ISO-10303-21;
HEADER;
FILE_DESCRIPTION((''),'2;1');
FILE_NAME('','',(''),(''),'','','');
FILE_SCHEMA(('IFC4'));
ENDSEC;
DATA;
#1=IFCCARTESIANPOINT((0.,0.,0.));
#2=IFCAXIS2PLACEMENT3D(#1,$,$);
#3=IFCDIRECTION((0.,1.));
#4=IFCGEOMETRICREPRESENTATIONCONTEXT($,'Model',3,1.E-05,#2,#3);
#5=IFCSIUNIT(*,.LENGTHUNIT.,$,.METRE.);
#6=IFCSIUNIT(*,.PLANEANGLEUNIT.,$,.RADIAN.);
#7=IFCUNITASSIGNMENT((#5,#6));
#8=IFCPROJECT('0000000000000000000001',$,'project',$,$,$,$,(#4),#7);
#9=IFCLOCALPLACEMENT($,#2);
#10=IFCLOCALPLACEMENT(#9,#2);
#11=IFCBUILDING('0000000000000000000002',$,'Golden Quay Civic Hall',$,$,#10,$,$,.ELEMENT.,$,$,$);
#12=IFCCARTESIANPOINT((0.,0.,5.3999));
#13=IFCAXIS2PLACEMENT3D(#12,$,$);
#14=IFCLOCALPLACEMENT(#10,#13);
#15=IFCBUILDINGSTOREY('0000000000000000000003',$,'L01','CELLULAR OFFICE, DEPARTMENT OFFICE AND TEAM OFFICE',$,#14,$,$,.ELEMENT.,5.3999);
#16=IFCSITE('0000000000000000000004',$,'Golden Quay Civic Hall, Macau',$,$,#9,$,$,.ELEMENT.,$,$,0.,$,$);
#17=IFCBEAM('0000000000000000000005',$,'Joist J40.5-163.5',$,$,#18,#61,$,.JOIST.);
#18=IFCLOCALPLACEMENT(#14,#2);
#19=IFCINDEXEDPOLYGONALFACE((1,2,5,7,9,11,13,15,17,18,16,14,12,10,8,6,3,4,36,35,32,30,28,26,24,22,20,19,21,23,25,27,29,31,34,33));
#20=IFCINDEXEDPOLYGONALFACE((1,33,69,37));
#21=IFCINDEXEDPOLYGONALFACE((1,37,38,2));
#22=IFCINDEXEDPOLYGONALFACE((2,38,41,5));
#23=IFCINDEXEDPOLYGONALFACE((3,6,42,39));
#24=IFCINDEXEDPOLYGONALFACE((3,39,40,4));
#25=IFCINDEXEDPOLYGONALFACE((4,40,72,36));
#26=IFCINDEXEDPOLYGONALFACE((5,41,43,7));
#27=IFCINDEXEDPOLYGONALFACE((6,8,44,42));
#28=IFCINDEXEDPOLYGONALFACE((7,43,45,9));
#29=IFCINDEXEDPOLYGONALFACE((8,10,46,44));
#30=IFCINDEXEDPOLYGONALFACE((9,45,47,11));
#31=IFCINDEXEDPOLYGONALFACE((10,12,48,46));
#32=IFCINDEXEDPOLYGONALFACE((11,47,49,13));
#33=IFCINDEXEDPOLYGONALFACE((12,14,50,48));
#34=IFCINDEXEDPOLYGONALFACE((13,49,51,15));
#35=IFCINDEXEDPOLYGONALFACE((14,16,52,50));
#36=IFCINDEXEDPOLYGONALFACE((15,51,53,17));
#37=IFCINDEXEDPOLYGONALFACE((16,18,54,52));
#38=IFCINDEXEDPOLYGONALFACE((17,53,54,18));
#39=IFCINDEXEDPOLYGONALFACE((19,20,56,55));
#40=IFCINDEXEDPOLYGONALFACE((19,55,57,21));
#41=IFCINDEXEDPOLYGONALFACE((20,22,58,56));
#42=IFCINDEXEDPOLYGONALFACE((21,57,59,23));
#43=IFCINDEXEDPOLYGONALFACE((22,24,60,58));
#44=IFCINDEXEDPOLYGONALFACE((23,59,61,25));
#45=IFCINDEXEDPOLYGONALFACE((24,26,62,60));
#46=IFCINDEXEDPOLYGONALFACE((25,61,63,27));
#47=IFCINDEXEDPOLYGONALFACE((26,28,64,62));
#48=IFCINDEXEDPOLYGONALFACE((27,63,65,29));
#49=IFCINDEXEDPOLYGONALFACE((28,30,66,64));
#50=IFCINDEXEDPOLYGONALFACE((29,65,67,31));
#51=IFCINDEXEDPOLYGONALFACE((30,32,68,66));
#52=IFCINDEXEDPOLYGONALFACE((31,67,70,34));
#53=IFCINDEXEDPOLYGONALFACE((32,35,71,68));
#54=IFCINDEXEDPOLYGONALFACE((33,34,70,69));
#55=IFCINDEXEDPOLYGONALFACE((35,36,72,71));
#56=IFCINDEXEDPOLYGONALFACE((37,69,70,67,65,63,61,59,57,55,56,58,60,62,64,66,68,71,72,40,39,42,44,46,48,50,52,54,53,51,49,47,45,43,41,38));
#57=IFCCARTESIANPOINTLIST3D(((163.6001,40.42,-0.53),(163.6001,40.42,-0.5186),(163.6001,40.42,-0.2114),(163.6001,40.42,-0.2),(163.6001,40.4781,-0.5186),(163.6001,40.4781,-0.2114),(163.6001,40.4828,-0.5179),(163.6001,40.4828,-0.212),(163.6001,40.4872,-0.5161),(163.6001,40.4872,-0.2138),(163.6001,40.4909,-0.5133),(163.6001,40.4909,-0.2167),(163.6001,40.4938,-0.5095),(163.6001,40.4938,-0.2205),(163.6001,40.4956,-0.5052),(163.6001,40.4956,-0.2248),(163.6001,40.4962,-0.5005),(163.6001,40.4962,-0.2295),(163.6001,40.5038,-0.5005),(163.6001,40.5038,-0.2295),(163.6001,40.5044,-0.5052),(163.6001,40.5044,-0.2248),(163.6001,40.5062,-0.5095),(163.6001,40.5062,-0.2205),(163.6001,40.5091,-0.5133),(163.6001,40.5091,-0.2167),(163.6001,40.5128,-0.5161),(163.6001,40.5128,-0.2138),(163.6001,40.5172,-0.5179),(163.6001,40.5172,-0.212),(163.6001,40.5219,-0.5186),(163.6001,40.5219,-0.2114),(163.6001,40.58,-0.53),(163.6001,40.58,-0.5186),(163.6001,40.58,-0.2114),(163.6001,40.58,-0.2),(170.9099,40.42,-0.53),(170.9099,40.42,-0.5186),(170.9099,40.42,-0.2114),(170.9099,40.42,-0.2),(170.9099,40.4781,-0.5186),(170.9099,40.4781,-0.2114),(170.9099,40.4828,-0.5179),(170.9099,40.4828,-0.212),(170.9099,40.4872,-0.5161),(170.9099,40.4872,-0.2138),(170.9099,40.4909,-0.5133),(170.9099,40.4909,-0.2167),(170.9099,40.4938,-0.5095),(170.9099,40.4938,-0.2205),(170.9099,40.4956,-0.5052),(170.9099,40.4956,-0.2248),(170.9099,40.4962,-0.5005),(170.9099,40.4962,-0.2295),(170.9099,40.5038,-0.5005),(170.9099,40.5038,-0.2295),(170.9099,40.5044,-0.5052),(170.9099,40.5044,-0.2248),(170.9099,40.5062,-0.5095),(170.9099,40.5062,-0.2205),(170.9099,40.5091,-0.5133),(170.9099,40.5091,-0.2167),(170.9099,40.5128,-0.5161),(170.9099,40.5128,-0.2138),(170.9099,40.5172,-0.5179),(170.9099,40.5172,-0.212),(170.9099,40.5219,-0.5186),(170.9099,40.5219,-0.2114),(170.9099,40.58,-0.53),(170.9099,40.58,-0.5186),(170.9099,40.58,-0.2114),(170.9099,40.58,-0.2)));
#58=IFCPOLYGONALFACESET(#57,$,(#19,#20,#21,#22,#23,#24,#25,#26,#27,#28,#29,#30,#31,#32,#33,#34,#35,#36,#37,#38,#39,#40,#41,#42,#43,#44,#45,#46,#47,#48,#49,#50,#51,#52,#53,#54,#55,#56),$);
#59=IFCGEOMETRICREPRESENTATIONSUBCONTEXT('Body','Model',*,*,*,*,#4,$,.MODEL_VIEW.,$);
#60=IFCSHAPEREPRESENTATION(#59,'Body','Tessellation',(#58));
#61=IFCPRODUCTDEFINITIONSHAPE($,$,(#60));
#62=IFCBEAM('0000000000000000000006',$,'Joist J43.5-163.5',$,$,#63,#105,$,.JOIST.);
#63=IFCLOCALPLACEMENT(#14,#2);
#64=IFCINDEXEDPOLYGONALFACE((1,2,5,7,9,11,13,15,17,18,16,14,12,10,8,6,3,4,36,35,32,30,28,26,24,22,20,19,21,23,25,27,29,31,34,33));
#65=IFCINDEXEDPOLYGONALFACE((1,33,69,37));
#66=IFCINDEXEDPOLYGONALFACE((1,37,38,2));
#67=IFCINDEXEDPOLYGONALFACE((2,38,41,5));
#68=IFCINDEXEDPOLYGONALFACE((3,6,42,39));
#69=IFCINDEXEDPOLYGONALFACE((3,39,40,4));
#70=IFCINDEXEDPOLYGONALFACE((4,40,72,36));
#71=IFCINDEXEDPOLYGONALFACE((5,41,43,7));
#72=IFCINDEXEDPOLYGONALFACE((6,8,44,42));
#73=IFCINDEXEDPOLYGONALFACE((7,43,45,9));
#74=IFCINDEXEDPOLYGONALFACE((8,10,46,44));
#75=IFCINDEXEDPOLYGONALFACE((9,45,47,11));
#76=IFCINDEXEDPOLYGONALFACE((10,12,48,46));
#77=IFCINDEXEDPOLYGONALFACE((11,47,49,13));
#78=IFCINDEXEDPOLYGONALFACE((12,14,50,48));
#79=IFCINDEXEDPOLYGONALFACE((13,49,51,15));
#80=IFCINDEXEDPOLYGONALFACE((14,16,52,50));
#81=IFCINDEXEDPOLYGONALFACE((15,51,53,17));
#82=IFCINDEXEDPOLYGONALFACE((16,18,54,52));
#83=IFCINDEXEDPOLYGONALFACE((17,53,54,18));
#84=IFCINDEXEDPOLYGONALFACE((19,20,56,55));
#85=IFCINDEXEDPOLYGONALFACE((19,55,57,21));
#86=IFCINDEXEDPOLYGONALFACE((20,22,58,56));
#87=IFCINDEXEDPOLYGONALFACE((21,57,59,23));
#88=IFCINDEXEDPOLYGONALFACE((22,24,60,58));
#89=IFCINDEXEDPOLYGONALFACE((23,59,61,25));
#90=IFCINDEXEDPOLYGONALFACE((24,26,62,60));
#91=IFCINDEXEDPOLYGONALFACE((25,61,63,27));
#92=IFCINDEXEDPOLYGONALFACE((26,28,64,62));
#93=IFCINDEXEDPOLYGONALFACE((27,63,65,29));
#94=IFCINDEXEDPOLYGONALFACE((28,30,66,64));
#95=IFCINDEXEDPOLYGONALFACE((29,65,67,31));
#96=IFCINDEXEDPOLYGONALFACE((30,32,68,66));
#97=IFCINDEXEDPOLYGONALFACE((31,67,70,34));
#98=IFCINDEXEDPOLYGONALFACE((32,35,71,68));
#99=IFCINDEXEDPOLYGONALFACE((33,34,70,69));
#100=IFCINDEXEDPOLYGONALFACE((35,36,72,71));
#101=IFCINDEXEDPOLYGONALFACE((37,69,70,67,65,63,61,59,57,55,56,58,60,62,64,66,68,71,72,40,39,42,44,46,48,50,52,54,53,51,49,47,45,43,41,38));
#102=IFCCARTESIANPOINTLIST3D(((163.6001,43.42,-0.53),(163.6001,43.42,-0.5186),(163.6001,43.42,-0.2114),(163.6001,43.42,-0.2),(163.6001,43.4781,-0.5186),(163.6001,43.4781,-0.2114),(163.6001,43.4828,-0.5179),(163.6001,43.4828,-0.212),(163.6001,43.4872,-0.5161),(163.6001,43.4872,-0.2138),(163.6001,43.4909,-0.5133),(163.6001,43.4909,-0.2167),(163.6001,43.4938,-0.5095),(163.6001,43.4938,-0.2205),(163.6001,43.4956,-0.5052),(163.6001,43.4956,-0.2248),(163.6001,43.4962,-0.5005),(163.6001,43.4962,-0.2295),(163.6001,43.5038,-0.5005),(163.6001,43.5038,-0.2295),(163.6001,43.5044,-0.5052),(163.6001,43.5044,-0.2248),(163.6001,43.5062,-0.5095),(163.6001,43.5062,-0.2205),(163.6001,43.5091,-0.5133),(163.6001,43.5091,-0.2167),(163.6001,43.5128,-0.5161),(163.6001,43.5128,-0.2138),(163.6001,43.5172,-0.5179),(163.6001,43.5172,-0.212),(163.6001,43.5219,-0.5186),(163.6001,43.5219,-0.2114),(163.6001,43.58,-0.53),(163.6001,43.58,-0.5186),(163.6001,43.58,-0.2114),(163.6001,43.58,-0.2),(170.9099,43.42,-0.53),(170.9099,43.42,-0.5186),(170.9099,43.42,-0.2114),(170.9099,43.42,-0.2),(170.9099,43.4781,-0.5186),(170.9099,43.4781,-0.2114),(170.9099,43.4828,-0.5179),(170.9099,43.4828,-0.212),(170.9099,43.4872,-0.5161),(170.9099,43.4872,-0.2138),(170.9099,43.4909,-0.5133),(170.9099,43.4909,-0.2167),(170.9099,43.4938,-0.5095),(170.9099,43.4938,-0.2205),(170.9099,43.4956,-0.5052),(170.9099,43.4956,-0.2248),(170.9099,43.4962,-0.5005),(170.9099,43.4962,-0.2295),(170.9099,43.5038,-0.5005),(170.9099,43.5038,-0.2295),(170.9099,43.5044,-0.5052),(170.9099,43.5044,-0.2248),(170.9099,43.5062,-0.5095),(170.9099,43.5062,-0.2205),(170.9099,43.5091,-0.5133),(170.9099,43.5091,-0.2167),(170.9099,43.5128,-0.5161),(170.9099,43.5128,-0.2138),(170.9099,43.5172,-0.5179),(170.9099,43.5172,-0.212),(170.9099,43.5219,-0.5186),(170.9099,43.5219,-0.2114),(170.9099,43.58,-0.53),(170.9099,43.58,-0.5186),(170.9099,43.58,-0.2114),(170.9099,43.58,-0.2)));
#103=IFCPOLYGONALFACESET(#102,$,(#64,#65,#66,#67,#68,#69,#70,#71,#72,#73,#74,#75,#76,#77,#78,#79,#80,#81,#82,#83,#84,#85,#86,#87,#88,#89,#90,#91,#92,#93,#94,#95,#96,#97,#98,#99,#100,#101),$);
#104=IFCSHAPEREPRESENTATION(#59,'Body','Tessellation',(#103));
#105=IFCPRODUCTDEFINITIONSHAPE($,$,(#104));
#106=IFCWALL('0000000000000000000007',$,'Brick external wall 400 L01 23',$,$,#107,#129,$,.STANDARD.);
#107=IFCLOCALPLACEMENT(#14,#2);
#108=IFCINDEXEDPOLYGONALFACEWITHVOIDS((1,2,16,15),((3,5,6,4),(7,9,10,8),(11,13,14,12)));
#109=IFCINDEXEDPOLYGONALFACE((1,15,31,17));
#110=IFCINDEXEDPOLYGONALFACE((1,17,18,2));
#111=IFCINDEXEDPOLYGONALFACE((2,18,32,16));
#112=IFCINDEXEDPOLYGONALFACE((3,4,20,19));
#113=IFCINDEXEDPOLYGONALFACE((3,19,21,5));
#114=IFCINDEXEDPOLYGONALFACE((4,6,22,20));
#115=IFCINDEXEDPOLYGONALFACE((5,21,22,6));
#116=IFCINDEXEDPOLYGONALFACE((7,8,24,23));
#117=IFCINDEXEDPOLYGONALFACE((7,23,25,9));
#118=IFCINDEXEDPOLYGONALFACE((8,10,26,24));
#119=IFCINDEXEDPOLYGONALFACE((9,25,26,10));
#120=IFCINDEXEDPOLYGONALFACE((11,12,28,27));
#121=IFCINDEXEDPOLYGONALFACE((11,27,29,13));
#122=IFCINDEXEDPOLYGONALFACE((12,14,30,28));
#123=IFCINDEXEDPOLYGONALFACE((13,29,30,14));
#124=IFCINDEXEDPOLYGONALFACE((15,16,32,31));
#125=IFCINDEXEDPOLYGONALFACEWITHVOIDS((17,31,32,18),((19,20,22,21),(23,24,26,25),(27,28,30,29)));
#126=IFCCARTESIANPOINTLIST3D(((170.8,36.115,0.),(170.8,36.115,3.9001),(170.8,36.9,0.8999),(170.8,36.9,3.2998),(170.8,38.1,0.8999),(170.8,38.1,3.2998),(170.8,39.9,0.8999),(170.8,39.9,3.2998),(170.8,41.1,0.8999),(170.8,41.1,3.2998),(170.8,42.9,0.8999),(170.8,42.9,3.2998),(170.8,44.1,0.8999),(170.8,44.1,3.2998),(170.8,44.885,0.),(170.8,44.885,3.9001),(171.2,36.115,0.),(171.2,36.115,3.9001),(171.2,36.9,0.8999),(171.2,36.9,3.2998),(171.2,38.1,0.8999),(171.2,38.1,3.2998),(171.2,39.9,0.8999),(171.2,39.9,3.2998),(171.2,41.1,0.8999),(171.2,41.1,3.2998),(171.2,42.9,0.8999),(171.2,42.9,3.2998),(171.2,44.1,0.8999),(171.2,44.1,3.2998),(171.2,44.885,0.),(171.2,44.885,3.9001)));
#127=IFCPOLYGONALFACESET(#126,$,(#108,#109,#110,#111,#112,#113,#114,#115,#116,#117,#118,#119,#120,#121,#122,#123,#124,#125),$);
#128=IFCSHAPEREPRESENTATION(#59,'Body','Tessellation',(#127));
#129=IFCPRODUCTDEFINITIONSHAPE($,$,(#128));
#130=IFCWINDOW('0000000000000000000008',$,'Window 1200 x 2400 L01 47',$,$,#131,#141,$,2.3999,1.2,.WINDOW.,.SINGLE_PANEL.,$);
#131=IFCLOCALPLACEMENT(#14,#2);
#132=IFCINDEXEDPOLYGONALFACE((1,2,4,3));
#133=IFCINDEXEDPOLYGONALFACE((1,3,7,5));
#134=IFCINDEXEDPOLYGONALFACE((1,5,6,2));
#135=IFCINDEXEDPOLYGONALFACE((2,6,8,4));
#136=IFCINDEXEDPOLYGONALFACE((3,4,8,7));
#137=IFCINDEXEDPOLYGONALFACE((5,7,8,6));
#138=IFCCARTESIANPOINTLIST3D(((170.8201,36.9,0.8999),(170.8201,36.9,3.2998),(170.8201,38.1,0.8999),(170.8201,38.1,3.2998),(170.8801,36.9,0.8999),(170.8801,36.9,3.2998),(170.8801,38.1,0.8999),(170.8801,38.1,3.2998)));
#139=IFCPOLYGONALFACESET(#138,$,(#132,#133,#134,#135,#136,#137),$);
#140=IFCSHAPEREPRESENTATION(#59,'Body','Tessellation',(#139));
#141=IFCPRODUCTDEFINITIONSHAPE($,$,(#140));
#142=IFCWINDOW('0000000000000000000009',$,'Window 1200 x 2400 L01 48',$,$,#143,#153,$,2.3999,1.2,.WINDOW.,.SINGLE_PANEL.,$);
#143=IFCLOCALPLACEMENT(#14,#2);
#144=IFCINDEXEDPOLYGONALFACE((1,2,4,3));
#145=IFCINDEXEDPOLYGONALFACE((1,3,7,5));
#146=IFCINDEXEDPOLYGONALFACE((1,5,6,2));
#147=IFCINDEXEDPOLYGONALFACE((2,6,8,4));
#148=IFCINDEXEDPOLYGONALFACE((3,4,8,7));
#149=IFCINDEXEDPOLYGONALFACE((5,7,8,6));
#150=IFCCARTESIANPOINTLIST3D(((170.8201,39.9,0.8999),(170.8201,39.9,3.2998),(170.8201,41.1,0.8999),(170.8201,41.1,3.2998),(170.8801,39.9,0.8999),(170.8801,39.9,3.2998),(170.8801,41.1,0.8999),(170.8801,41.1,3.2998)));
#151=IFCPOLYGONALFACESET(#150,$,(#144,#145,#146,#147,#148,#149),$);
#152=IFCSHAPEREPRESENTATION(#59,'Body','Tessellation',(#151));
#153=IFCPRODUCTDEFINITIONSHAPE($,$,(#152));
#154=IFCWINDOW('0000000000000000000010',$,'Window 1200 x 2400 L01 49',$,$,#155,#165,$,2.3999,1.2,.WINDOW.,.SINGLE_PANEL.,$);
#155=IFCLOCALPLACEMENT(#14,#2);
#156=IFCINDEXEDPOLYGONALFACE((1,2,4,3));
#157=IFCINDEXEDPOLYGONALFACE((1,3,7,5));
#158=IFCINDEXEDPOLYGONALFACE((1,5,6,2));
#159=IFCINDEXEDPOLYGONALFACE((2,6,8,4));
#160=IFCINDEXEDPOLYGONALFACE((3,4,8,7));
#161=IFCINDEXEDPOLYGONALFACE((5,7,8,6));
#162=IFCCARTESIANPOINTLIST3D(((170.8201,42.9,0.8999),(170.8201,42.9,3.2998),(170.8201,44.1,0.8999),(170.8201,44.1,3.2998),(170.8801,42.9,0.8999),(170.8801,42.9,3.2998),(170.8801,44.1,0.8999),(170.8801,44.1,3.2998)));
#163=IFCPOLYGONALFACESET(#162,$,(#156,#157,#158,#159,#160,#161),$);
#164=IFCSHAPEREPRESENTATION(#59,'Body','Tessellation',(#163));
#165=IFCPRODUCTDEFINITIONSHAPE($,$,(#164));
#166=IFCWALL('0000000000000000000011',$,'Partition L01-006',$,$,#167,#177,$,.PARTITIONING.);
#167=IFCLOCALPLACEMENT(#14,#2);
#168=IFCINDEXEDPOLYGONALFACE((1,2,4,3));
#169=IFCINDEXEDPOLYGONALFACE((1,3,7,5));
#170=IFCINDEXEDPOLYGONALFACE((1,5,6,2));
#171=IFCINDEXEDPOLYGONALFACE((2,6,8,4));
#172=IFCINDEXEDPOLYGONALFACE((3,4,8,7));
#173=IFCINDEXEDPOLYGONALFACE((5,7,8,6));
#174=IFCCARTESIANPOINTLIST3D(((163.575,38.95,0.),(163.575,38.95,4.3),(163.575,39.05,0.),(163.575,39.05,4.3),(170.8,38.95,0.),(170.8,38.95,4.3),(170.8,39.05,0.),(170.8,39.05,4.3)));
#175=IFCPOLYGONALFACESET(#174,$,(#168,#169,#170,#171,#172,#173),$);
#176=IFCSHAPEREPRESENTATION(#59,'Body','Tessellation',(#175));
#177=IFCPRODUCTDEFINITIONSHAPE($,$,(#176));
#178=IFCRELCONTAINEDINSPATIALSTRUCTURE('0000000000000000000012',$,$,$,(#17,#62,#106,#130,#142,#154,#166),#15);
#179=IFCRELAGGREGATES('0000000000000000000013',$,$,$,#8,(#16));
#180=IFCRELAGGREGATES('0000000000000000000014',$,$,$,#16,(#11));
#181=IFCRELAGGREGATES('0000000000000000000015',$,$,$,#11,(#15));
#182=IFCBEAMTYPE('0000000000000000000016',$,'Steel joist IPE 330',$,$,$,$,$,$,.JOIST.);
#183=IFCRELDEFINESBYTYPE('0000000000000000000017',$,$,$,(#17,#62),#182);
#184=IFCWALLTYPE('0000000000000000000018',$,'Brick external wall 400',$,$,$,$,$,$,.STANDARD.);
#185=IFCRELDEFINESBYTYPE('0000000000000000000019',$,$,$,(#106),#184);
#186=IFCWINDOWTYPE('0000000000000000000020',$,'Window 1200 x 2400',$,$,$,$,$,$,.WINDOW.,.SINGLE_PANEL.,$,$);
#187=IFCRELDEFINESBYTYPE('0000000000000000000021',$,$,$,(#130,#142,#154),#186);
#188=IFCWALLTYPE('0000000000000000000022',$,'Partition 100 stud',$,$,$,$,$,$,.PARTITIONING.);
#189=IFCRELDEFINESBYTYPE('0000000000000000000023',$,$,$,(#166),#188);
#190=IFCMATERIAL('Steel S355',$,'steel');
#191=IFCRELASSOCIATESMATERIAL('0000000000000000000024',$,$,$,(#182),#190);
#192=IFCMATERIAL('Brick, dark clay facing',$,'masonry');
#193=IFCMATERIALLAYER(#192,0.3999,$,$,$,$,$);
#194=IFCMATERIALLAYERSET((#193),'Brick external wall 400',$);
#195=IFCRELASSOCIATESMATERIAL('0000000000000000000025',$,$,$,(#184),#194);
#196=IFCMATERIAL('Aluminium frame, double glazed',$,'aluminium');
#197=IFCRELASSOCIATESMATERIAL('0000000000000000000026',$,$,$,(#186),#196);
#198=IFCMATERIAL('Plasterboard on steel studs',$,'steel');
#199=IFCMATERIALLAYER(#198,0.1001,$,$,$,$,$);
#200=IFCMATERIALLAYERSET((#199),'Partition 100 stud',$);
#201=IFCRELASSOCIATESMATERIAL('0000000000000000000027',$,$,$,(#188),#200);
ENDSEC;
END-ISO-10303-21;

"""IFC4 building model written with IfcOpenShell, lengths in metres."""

from ifc_helpers import new_model, si_unit, direction, frame, frame_2d, origin, origin_2d, place, context, subcontext, project, spatial, rectangle, i_section, extrude, material, layer, layer_set, material_profile, profile_set, type_object, element, fill, save


model = new_model("IFC4")

# Units and contexts
model_context = context("Model", 3, precision=1e-05, world=origin(), true_north=direction((0.0, 1.0)))
body_context = subcontext(model_context, "Body", "Model", "MODEL_VIEW")
ifc_project = project(units=[si_unit("LENGTHUNIT", "METRE"), si_unit("PLANEANGLEUNIT", "RADIAN")], contexts=[model_context])

# Site, building, storey
site_placement = place(None, origin())
site = spatial("IfcSite", under=ifc_project, at=site_placement, Name="Golden Quay Civic Hall, Macau", CompositionType="ELEMENT", RefElevation=0.0)
building_placement = place(site_placement, origin())
building = spatial("IfcBuilding", under=site, at=building_placement, Name="Golden Quay Civic Hall", CompositionType="ELEMENT")
storey_placement = place(building_placement, frame((0.0, 0.0, 5.3999)))
storey = spatial("IfcBuildingStorey", under=building, at=storey_placement, Name="L01", Description="CELLULAR OFFICE, DEPARTMENT OFFICE AND TEAM OFFICE", CompositionType="ELEMENT", Elevation=5.3999)

# Beams
ifc_material_1 = material(Name="Steel S355", Category="steel")
ifc_material_profile_1 = material_profile(ifc_material_1, i_section(OverallWidth=0.1599, OverallDepth=0.3301, WebThickness=0.0076, FlangeThickness=0.0115, FilletRadius=0.0181, at=origin_2d()), Name="IPE 330")
ifc_profile_set_1 = profile_set([ifc_material_profile_1], Name="Steel S355")
beam_type_1 = type_object("IfcBeamType", Name="Steel joist IPE 330", PredefinedType="JOIST", material=ifc_profile_set_1)
for number, where, z_axis, x_axis, name in (
    (1, (163.6001, 40.5, -0.365), (1.0, 0.0, 0.0), (0.0, 1.0, 0.0), "Joist J40.5-163.5"),
    (2, (163.6001, 43.5, -0.365), (1.0, 0.0, 0.0), (0.0, 1.0, 0.0), "Joist J43.5-163.5"),
):
    element("IfcBeam", number, at=place(storey_placement, frame(where, z_axis=z_axis, x_axis=x_axis)), inside=storey, type_object=beam_type_1, Name=name, PredefinedType="JOIST", context=body_context, shape_type="SweptSolid", body=[
        extrude(i_section(OverallWidth=0.1599, OverallDepth=0.3301, WebThickness=0.0076, FlangeThickness=0.0115, FilletRadius=0.0181, at=origin_2d()), origin(), (0.0, 0.0, 1.0), 7.3098),
    ])

# Wall, openings, windows
ifc_material_2 = material(Name="Brick, dark clay facing", Category="masonry")
ifc_layer_1 = layer(ifc_material_2, 0.3999)
ifc_layer_set_1 = layer_set([ifc_layer_1], Name="Brick external wall 400")
wall_type_1 = type_object("IfcWallType", Name="Brick external wall 400", PredefinedType="STANDARD", material=ifc_layer_set_1)
wall_1_placement = place(storey_placement, frame((171.0, 44.885, 0.0), z_axis=(0.0, 0.0, 1.0), x_axis=(0.0, -1.0, 0.0)))
wall_1 = element("IfcWall", 3, at=wall_1_placement, inside=storey, type_object=wall_type_1, Name="Brick external wall 400 L01 23", PredefinedType="STANDARD", context=body_context, shape_type="SweptSolid", body=[
    extrude(rectangle(XDim=8.77, YDim=0.3999, at=frame_2d((4.385, 0.0))), origin(), (0.0, 0.0, 1.0), 3.9001),
])
opening_1_placement = place(wall_1_placement, frame((6.7849, 0.0, 0.8999)))
opening_1 = element("IfcOpeningElement", 4, at=opening_1_placement, cuts=wall_1, PredefinedType="OPENING", context=body_context, shape_type="SweptSolid", body=[
    extrude(rectangle(XDim=1.2, YDim=2.3999, at=frame_2d((0.6001, 1.2))), frame((0.0, 0.21, 0.0), z_axis=(0.0, -1.0, 0.0), x_axis=(1.0, 0.0, 0.0)), (0.0, 0.0, 1.0), 0.4199),
])
opening_2_placement = place(wall_1_placement, frame((3.7849, 0.0, 0.8999)))
opening_2 = element("IfcOpeningElement", 5, at=opening_2_placement, cuts=wall_1, PredefinedType="OPENING", context=body_context, shape_type="SweptSolid", body=[
    extrude(rectangle(XDim=1.2, YDim=2.3999, at=frame_2d((0.6001, 1.2))), frame((0.0, 0.21, 0.0), z_axis=(0.0, -1.0, 0.0), x_axis=(1.0, 0.0, 0.0)), (0.0, 0.0, 1.0), 0.4199),
])
opening_3_placement = place(wall_1_placement, frame((0.7849, 0.0, 0.8999)))
opening_3 = element("IfcOpeningElement", 6, at=opening_3_placement, cuts=wall_1, PredefinedType="OPENING", context=body_context, shape_type="SweptSolid", body=[
    extrude(rectangle(XDim=1.2, YDim=2.3999, at=frame_2d((0.6001, 1.2))), frame((0.0, 0.21, 0.0), z_axis=(0.0, -1.0, 0.0), x_axis=(1.0, 0.0, 0.0)), (0.0, 0.0, 1.0), 0.4199),
])
ifc_material_3 = material(Name="Aluminium frame, double glazed", Category="aluminium")
window_type = type_object("IfcWindowType", Name="Window 1200 x 2400", PartitioningType="SINGLE_PANEL", PredefinedType="WINDOW", material=ifc_material_3)
window_1_placement = place(opening_1_placement, origin())
window_1 = element("IfcWindow", 7, at=window_1_placement, inside=storey, type_object=window_type, Name="Window 1200 x 2400 L01 47", OverallHeight=2.3999, OverallWidth=1.2, PartitioningType="SINGLE_PANEL", PredefinedType="WINDOW", context=body_context, shape_type="SweptSolid", body=[
    extrude(rectangle(XDim=1.2, YDim=2.3999, at=frame_2d((0.6001, 1.2))), frame((0.0, -0.1199, 0.0), z_axis=(0.0, -1.0, 0.0), x_axis=(1.0, 0.0, 0.0)), (0.0, 0.0, 1.0), 0.0601),
])
fill(opening_1, window_1)
window_2_placement = place(opening_2_placement, origin())
window_2 = element("IfcWindow", 8, at=window_2_placement, inside=storey, type_object=window_type, Name="Window 1200 x 2400 L01 48", OverallHeight=2.3999, OverallWidth=1.2, PartitioningType="SINGLE_PANEL", PredefinedType="WINDOW", context=body_context, shape_type="SweptSolid", body=[
    extrude(rectangle(XDim=1.2, YDim=2.3999, at=frame_2d((0.6001, 1.2))), frame((0.0, -0.1199, 0.0), z_axis=(0.0, -1.0, 0.0), x_axis=(1.0, 0.0, 0.0)), (0.0, 0.0, 1.0), 0.0601),
])
fill(opening_2, window_2)
window_3_placement = place(opening_3_placement, origin())
window_3 = element("IfcWindow", 9, at=window_3_placement, inside=storey, type_object=window_type, Name="Window 1200 x 2400 L01 49", OverallHeight=2.3999, OverallWidth=1.2, PartitioningType="SINGLE_PANEL", PredefinedType="WINDOW", context=body_context, shape_type="SweptSolid", body=[
    extrude(rectangle(XDim=1.2, YDim=2.3999, at=frame_2d((0.6001, 1.2))), frame((0.0, -0.1199, 0.0), z_axis=(0.0, -1.0, 0.0), x_axis=(1.0, 0.0, 0.0)), (0.0, 0.0, 1.0), 0.0601),
])
fill(opening_3, window_3)

# Wall
ifc_material_4 = material(Name="Plasterboard on steel studs", Category="steel")
ifc_layer_2 = layer(ifc_material_4, 0.1001)
ifc_layer_set_2 = layer_set([ifc_layer_2], Name="Partition 100 stud")
wall_type_2 = type_object("IfcWallType", Name="Partition 100 stud", PredefinedType="PARTITIONING", material=ifc_layer_set_2)
for number, where, z_axis, x_axis, name in (
    (10, (163.575, 39.0, 0.0), (0.0, 0.0, 1.0), (1.0, 0.0, 0.0), "Partition L01-006"),
):
    element("IfcWall", number, at=place(storey_placement, frame(where, z_axis=z_axis, x_axis=x_axis)), inside=storey, type_object=wall_type_2, Name=name, PredefinedType="PARTITIONING", context=body_context, shape_type="SweptSolid", body=[
        extrude(rectangle(XDim=7.2251, YDim=0.1001, at=frame_2d((3.6125, 0.0))), origin(), (0.0, 0.0, 1.0), 4.3),
    ])

save(model, "model.ifc")
